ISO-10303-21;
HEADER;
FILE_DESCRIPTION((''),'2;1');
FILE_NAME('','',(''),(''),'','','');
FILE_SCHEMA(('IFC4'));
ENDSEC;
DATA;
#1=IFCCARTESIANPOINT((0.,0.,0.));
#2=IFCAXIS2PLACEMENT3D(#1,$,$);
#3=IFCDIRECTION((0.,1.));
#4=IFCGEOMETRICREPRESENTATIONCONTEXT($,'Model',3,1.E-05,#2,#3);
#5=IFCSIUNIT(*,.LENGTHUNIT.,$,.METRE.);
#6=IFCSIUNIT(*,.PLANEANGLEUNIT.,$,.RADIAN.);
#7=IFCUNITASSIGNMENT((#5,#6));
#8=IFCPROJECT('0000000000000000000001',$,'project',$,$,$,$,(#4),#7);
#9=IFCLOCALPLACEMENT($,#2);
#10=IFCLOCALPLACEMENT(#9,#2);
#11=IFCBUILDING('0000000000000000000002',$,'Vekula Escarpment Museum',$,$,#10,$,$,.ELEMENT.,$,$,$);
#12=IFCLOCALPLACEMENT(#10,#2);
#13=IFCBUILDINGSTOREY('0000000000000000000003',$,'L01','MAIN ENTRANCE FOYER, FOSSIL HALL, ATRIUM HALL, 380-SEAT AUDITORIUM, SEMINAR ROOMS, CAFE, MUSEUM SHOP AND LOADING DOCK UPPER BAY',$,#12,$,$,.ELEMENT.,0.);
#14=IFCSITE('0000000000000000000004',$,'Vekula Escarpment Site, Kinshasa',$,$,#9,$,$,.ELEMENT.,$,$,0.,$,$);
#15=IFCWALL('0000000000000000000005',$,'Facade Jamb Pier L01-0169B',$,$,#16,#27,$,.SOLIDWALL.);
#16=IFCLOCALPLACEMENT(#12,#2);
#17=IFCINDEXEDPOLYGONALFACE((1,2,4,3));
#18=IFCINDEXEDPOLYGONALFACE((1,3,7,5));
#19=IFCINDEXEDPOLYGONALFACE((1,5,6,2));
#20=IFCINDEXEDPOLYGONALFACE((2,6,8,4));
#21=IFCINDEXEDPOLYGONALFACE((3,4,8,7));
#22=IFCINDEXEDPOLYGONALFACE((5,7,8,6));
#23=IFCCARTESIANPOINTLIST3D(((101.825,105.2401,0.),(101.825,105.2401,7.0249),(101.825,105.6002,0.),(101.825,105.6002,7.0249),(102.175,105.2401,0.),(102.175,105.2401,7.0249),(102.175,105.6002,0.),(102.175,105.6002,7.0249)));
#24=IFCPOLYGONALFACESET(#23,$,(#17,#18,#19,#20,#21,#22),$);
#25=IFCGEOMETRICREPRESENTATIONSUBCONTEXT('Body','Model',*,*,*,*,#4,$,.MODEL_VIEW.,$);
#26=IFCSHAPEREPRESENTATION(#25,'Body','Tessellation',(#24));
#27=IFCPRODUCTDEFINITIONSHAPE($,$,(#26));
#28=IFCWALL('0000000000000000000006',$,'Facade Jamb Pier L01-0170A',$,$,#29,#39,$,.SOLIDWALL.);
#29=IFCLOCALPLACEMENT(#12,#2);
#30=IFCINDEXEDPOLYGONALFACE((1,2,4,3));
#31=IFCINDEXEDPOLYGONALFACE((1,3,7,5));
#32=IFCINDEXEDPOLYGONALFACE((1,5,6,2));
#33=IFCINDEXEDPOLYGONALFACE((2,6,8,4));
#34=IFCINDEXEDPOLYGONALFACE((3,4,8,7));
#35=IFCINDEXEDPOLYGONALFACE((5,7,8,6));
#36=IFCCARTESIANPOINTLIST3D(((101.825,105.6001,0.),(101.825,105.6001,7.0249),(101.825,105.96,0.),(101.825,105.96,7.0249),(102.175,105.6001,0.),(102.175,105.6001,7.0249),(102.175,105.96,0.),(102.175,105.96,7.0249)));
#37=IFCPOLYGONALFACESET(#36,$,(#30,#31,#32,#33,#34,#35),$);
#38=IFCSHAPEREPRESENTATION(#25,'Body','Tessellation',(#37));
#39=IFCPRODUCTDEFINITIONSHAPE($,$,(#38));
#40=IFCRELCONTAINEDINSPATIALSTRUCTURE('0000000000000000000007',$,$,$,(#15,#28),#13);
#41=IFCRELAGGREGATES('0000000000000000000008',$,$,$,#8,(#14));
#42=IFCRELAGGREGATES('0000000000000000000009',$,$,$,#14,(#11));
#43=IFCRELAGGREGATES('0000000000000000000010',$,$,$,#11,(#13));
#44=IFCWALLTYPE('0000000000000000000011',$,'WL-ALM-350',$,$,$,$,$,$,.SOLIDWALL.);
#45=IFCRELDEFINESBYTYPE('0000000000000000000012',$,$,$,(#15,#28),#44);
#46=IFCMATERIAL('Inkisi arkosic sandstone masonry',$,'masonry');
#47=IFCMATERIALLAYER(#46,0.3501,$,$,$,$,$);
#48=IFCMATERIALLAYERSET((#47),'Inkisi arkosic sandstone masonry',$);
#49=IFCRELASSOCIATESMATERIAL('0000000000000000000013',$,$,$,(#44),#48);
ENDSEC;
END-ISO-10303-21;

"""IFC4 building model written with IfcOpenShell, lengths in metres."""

from ifc_helpers import new_model, si_unit, direction, frame, frame_2d, origin, place, context, subcontext, project, spatial, rectangle, extrude, material, layer, layer_set, type_object, element, save


model = new_model("IFC4")

# Units and contexts
model_context = context("Model", 3, precision=1e-05, world=origin(), true_north=direction((0.0, 1.0)))
body_context = subcontext(model_context, "Body", "Model", "MODEL_VIEW")
ifc_project = project(units=[si_unit("LENGTHUNIT", "METRE"), si_unit("PLANEANGLEUNIT", "RADIAN")], contexts=[model_context])

# Site, building, storey
site_placement = place(None, origin())
site = spatial("IfcSite", under=ifc_project, at=site_placement, Name="Vekula Escarpment Site, Kinshasa", CompositionType="ELEMENT", RefElevation=0.0)
building_placement = place(site_placement, origin())
building = spatial("IfcBuilding", under=site, at=building_placement, Name="Vekula Escarpment Museum", CompositionType="ELEMENT")
storey_placement = place(building_placement, origin())
storey = spatial("IfcBuildingStorey", under=building, at=storey_placement, Name="L01", Description="MAIN ENTRANCE FOYER, FOSSIL HALL, ATRIUM HALL, 380-SEAT AUDITORIUM, SEMINAR ROOMS, CAFE, MUSEUM SHOP AND LOADING DOCK UPPER BAY", CompositionType="ELEMENT", Elevation=0.0)

# Walls
ifc_material_1 = material(Name="Inkisi arkosic sandstone masonry", Category="masonry")
ifc_layer_1 = layer(ifc_material_1, 0.3501)
ifc_layer_set_1 = layer_set([ifc_layer_1], Name="Inkisi arkosic sandstone masonry")
wall_type = type_object("IfcWallType", Name="WL-ALM-350", PredefinedType="SOLIDWALL", material=ifc_layer_set_1)
wall_1_placement = place(storey_placement, frame((102.0, 105.24, 0.0), z_axis=(0.0, 0.0, 1.0), x_axis=(0.0, 1.0, 0.0)))
element("IfcWall", 1, at=wall_1_placement, inside=storey, type_object=wall_type, Name="Facade Jamb Pier L01-0169B", PredefinedType="SOLIDWALL", context=body_context, shape_type="SweptSolid", body=[
    extrude(rectangle(XDim=0.3601, YDim=0.3501, at=frame_2d((0.1802, 0.0))), origin(), (0.0, 0.0, 1.0), 7.0249),
])
wall_2_placement = place(storey_placement, frame((102.0, 105.6001, 0.0), z_axis=(0.0, 0.0, 1.0), x_axis=(0.0, 1.0, 0.0)))
element("IfcWall", 2, at=wall_2_placement, inside=storey, type_object=wall_type, Name="Facade Jamb Pier L01-0170A", PredefinedType="SOLIDWALL", context=body_context, shape_type="SweptSolid", body=[
    extrude(rectangle(XDim=0.3599, YDim=0.3501, at=frame_2d((0.1799, 0.0))), origin(), (0.0, 0.0, 1.0), 7.0249),
])

save(model, "model.ifc")
